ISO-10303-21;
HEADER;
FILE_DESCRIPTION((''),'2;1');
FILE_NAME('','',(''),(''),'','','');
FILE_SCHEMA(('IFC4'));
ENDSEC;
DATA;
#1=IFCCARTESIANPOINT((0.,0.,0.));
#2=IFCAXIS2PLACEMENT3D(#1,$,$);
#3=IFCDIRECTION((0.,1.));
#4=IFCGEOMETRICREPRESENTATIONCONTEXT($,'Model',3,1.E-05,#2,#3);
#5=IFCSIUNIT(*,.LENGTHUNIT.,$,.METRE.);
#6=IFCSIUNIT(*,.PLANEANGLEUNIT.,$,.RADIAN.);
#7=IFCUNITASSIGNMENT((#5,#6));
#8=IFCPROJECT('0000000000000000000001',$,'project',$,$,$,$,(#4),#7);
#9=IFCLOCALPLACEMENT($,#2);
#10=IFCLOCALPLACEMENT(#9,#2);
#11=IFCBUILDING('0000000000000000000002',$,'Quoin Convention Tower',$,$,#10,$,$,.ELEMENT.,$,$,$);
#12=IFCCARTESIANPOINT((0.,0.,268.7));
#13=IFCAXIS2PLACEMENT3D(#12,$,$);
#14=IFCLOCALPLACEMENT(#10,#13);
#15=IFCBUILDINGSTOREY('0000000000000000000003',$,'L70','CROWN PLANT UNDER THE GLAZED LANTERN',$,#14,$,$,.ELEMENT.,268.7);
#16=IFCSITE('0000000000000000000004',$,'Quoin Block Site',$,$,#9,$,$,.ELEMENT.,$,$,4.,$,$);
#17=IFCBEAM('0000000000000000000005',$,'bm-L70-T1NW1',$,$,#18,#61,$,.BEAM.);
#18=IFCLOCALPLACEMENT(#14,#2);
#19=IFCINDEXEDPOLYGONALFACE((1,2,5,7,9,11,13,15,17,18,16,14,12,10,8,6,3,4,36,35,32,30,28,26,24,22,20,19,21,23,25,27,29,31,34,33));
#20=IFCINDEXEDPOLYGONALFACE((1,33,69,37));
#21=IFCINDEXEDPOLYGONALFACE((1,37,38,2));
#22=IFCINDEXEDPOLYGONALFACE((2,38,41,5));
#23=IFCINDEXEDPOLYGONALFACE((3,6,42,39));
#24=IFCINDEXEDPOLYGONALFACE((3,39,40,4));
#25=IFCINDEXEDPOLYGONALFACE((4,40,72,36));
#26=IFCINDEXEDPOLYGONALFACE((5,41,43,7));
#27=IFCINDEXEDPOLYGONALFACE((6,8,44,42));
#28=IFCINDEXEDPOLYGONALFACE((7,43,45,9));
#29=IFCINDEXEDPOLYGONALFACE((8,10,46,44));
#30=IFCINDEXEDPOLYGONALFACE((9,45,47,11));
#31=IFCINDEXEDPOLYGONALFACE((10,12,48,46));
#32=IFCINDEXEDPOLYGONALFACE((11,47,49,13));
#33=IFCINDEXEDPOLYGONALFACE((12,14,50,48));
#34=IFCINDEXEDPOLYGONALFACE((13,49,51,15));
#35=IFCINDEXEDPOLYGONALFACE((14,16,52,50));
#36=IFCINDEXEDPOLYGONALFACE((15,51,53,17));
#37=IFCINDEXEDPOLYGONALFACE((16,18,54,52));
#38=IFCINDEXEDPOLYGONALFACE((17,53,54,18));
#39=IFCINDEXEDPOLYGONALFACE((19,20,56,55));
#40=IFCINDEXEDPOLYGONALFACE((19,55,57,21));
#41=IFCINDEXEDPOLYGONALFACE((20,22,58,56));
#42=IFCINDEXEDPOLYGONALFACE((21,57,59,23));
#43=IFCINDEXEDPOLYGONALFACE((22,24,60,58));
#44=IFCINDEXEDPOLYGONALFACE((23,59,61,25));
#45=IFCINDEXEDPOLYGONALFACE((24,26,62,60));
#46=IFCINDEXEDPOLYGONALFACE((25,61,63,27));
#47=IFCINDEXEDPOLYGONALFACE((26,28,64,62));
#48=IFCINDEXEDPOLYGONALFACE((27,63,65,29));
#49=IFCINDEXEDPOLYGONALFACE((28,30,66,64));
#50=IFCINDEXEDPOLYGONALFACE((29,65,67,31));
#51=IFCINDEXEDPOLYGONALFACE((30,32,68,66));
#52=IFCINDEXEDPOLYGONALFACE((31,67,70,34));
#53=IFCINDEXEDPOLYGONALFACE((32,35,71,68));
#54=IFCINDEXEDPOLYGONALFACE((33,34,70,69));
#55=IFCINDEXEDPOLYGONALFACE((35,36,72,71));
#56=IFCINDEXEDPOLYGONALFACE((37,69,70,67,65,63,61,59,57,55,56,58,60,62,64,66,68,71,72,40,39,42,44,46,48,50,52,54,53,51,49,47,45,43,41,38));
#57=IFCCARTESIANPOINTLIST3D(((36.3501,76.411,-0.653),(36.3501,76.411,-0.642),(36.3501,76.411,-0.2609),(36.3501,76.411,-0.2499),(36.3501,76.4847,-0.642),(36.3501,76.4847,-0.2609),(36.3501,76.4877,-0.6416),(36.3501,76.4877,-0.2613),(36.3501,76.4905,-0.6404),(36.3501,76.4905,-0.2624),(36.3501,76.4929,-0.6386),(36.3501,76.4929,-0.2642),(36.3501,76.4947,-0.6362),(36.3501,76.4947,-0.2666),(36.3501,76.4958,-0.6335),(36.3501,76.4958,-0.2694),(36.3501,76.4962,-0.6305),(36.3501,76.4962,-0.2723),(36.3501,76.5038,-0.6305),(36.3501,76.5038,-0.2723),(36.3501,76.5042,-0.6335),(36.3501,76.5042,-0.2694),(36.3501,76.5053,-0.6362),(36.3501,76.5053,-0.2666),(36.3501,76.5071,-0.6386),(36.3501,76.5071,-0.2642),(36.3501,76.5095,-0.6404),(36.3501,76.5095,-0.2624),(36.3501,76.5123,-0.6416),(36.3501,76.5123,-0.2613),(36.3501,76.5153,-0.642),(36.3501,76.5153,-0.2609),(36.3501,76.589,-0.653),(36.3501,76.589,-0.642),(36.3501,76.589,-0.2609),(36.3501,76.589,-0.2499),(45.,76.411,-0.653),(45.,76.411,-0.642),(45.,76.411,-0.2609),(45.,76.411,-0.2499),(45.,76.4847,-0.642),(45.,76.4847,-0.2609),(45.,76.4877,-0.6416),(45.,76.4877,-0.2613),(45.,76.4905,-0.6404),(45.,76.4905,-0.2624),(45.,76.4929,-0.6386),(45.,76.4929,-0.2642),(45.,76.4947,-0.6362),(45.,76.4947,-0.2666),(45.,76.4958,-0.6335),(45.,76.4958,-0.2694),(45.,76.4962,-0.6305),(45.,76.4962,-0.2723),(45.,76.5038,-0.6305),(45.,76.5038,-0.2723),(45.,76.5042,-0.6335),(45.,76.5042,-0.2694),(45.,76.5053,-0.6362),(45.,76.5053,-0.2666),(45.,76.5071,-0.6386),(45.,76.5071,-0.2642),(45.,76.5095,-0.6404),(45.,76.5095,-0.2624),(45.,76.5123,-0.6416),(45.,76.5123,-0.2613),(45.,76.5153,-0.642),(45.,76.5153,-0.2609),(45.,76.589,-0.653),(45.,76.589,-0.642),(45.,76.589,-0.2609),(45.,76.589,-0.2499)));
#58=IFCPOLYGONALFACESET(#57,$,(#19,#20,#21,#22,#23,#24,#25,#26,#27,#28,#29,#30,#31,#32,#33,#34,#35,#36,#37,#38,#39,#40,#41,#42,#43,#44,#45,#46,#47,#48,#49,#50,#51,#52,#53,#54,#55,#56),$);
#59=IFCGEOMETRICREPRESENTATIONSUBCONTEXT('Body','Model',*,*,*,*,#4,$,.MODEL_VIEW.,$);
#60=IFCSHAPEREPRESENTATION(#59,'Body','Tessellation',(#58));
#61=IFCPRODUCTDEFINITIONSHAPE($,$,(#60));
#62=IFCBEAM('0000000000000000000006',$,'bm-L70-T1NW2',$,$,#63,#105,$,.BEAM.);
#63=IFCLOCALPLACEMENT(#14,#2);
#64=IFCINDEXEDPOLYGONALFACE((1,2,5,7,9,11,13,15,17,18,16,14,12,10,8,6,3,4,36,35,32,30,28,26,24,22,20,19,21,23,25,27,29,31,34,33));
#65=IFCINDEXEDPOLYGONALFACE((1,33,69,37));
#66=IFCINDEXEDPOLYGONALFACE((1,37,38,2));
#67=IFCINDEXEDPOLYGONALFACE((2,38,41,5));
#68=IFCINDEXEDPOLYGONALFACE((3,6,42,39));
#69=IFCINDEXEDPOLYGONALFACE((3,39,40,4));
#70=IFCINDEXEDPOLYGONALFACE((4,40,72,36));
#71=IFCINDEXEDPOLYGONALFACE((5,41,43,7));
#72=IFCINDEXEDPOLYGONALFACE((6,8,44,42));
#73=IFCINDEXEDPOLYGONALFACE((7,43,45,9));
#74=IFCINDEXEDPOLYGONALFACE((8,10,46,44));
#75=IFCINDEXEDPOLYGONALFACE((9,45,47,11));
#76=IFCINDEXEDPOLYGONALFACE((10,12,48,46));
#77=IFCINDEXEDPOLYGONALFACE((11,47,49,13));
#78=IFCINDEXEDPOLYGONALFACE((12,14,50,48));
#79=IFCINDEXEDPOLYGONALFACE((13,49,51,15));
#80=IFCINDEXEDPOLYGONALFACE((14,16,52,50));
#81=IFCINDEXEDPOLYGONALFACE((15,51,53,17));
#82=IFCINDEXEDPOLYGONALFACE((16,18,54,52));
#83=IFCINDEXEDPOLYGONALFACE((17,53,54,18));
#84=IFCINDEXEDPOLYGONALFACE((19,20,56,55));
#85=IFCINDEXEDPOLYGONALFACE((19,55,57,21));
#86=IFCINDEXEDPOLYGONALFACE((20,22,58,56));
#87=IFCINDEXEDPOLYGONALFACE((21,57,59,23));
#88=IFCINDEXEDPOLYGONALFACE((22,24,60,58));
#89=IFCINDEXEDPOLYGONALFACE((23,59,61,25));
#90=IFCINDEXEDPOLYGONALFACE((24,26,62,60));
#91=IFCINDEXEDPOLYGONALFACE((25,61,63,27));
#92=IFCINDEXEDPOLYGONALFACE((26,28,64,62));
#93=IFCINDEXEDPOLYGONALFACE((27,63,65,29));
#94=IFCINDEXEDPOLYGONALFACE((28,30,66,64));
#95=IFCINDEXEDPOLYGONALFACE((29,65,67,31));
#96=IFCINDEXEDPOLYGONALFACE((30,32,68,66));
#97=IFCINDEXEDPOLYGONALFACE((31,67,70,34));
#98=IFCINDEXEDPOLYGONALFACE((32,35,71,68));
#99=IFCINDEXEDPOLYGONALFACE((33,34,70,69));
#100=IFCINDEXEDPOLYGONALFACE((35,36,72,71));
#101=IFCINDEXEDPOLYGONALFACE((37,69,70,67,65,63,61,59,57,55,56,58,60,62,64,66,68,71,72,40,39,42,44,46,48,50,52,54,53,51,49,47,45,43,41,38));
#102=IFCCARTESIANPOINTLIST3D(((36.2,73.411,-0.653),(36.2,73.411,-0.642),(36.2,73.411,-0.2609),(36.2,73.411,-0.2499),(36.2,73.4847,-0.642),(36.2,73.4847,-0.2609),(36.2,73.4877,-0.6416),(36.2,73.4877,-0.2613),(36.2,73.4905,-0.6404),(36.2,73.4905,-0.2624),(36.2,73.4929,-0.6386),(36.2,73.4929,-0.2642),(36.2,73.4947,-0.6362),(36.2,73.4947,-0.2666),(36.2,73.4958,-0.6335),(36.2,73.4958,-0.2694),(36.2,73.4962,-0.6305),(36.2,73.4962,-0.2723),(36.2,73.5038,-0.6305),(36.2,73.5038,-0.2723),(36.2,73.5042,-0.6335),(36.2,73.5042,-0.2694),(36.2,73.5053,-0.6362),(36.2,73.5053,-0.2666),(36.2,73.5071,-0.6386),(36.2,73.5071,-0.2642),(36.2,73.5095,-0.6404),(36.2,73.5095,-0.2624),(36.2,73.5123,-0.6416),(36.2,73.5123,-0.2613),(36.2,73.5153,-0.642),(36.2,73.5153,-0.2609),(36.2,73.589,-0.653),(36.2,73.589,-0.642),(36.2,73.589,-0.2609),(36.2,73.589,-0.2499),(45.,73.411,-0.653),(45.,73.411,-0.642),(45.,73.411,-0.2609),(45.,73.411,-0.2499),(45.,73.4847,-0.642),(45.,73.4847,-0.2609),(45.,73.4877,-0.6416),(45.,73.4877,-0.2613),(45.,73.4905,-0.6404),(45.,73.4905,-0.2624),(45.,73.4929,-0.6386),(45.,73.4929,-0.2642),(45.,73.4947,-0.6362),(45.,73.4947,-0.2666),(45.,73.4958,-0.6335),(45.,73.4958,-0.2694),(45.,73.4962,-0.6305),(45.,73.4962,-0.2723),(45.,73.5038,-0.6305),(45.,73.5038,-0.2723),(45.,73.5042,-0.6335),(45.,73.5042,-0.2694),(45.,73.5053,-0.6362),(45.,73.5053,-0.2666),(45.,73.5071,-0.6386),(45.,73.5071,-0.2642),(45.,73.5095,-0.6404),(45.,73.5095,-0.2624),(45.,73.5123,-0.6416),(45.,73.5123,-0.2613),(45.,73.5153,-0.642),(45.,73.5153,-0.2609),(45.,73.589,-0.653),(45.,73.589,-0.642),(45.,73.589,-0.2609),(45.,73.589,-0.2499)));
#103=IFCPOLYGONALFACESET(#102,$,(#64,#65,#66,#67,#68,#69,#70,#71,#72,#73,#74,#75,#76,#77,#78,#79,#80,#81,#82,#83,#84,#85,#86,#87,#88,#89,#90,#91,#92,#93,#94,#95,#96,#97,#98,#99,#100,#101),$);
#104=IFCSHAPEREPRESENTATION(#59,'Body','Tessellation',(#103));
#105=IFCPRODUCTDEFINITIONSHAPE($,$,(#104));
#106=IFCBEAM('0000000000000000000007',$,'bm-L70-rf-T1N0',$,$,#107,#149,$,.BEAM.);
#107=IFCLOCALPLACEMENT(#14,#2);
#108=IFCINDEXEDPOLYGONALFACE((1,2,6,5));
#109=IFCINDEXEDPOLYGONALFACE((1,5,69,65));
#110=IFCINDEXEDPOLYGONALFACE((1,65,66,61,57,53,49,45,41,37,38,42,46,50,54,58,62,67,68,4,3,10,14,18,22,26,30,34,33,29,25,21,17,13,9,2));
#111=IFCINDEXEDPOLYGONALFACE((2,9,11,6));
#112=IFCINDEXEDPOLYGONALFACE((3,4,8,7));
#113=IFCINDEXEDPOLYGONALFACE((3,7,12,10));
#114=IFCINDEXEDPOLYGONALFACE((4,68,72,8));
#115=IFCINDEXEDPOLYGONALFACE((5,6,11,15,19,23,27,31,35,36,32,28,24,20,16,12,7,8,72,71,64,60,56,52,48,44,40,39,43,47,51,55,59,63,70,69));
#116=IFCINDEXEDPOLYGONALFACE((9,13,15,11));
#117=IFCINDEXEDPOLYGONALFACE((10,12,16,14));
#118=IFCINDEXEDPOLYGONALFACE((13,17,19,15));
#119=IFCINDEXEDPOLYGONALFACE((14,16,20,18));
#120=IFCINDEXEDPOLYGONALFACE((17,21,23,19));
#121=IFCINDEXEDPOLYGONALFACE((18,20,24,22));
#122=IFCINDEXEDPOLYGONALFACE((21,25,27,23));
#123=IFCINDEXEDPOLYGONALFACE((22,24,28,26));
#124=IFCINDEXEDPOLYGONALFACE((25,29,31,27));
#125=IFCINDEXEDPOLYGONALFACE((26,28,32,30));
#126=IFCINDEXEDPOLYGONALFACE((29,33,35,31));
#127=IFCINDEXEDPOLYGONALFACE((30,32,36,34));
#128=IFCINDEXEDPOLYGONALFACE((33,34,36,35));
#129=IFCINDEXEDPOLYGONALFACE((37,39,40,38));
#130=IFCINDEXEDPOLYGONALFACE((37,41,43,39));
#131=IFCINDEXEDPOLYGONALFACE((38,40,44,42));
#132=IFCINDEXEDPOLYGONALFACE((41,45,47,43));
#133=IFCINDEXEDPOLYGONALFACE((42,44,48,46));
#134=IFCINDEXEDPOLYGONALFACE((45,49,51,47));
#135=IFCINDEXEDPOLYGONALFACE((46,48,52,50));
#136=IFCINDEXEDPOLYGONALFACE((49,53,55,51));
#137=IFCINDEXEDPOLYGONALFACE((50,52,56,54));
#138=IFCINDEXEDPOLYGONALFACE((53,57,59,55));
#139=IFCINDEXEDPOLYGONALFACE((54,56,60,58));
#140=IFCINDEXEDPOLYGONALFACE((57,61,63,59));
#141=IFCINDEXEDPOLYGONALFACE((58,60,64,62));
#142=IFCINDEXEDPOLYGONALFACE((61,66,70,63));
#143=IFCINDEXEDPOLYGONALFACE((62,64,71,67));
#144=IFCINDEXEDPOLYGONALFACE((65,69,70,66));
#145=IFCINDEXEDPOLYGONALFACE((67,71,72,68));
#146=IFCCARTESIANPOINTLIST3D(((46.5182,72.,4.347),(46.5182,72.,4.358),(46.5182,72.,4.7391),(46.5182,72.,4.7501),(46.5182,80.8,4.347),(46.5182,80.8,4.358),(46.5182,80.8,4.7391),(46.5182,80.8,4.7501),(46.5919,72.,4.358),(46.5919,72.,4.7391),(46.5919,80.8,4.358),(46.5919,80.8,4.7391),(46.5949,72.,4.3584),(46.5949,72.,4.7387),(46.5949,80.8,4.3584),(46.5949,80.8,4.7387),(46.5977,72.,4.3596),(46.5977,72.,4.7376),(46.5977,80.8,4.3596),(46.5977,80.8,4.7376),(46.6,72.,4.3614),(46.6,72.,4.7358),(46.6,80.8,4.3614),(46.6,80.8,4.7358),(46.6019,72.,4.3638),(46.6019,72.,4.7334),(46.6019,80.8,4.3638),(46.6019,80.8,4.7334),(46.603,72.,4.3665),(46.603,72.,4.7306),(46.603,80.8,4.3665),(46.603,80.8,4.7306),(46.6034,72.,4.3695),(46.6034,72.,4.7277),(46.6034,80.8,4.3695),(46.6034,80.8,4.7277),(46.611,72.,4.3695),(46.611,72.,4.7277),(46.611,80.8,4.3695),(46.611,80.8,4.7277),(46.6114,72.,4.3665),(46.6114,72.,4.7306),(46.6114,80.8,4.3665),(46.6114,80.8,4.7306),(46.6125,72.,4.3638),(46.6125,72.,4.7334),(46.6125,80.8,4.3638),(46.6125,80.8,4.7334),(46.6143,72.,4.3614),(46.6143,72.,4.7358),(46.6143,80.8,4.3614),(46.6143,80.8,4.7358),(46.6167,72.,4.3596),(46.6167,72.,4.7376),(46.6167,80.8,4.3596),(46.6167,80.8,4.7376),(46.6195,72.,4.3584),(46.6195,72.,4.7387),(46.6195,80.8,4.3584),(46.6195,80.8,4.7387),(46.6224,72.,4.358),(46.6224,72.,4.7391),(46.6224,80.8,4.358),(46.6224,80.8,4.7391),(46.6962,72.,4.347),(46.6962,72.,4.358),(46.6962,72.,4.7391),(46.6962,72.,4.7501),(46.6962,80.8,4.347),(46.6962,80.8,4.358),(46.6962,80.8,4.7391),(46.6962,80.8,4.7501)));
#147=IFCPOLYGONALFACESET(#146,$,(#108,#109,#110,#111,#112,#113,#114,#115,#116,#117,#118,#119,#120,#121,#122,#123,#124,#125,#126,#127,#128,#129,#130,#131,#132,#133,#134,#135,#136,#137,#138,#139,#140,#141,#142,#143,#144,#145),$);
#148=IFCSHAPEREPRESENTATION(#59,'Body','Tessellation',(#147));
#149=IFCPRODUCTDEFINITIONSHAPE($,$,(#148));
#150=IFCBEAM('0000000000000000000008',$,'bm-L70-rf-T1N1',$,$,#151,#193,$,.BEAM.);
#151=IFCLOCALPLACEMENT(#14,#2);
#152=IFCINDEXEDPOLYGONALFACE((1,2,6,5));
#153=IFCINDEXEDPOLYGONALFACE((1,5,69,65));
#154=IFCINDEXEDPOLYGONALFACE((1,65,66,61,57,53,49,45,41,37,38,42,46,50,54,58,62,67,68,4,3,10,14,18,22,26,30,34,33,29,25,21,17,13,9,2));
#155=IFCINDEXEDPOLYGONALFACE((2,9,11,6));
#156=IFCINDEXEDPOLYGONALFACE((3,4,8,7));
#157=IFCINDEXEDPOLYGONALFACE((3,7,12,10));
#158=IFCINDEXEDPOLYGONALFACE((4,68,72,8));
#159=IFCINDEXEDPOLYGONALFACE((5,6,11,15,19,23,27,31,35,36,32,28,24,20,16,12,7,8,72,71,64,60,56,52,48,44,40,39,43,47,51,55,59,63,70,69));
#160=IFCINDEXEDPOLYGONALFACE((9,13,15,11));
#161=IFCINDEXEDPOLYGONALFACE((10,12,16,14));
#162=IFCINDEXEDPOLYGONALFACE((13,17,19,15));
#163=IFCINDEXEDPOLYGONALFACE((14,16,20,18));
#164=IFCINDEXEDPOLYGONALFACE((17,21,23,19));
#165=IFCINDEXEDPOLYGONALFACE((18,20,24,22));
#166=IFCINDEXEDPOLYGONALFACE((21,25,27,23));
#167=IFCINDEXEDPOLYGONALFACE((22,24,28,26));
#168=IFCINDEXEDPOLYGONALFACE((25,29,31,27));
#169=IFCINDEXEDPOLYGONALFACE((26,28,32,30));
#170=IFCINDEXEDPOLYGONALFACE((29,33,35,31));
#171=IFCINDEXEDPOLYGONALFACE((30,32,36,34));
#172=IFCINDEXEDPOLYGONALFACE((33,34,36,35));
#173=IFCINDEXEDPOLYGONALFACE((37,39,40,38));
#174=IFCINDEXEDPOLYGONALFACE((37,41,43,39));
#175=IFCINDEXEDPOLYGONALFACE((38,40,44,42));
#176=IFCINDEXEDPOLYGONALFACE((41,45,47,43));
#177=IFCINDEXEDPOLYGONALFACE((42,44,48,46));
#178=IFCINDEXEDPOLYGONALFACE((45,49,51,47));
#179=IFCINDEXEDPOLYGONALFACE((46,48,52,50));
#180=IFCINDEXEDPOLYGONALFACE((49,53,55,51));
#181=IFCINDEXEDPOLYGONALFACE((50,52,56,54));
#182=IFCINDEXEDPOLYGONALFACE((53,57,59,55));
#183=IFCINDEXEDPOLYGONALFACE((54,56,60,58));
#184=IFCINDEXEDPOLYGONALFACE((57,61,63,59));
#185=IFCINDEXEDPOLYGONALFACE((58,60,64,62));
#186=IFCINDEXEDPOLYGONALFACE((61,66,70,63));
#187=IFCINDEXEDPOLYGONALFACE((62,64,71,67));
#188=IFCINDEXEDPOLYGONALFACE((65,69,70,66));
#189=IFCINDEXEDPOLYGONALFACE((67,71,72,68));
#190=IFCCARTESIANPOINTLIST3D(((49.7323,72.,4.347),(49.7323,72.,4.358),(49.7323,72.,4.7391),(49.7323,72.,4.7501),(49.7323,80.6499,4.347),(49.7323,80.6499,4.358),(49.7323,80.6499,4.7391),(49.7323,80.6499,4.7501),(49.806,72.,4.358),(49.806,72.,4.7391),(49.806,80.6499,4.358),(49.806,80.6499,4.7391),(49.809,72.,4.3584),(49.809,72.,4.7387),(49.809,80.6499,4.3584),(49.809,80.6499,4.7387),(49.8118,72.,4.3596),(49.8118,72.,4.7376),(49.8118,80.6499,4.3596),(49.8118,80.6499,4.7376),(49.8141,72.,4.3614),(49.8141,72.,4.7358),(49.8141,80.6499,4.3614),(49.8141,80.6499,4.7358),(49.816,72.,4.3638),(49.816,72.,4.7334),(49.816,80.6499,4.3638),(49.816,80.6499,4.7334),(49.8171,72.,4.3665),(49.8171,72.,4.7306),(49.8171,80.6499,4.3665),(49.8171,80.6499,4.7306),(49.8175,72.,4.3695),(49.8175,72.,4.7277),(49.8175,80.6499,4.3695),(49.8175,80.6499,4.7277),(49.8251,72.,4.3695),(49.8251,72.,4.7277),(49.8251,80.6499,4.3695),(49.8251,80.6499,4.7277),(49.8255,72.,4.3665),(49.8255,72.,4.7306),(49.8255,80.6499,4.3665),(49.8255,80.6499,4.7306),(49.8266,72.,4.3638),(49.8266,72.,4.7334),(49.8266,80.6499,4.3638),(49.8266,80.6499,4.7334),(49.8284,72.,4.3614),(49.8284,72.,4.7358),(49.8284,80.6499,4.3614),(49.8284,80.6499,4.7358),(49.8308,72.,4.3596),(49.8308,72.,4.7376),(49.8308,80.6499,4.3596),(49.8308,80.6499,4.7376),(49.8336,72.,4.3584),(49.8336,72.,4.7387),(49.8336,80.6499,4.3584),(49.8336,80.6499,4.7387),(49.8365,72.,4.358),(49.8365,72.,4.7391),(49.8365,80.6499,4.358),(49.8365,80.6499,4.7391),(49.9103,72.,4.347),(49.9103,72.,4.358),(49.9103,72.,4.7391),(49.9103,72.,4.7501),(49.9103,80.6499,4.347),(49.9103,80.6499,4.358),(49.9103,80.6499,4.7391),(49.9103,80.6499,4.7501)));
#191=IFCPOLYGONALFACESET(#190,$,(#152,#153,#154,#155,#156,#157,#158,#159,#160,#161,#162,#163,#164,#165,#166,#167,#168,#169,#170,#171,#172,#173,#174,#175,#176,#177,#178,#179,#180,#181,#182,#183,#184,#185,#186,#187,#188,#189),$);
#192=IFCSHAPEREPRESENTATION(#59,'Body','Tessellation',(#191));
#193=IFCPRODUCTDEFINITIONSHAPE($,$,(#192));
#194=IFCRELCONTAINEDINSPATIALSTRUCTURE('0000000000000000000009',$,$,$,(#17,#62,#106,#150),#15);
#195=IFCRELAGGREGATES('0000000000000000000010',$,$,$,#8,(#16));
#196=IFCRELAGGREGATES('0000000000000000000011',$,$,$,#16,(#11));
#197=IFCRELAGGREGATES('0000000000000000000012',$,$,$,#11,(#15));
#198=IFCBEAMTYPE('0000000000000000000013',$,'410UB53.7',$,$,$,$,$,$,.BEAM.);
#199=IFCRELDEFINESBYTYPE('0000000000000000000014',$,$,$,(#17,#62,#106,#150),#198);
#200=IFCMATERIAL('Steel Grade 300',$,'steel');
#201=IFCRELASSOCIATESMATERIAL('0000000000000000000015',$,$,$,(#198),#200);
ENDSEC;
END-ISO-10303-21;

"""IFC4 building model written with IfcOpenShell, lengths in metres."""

from ifc_helpers import new_model, si_unit, direction, frame, origin, origin_2d, place, context, subcontext, project, spatial, i_section, extrude, material, material_profile, profile_set, type_object, element, save


model = new_model("IFC4")

# Units and contexts
model_context = context("Model", 3, precision=1e-05, world=origin(), true_north=direction((0.0, 1.0)))
body_context = subcontext(model_context, "Body", "Model", "MODEL_VIEW")
ifc_project = project(units=[si_unit("LENGTHUNIT", "METRE"), si_unit("PLANEANGLEUNIT", "RADIAN")], contexts=[model_context])

# Site, building, storey
site_placement = place(None, origin())
site = spatial("IfcSite", under=ifc_project, at=site_placement, Name="Quoin Block Site", CompositionType="ELEMENT", RefElevation=4.0)
building_placement = place(site_placement, origin())
building = spatial("IfcBuilding", under=site, at=building_placement, Name="Quoin Convention Tower", CompositionType="ELEMENT")
storey_placement = place(building_placement, frame((0.0, 0.0, 268.7)))
storey = spatial("IfcBuildingStorey", under=building, at=storey_placement, Name="L70", Description="CROWN PLANT UNDER THE GLAZED LANTERN", CompositionType="ELEMENT", Elevation=268.7)

# Beams
ifc_material_1 = material(Name="Steel Grade 300", Category="steel")
ifc_material_profile_1 = material_profile(ifc_material_1, i_section(OverallWidth=0.178, OverallDepth=0.4031, WebThickness=0.0076, FlangeThickness=0.011, FilletRadius=0.0115, at=origin_2d()), Name="410UB53.7")
ifc_profile_set_1 = profile_set([ifc_material_profile_1], Name="Steel Grade 300")
beam_type_1 = type_object("IfcBeamType", Name="410UB53.7", PredefinedType="BEAM", material=ifc_profile_set_1)
beam_1_placement = place(storey_placement, frame((36.3501, 76.5, -0.4514), z_axis=(1.0, 0.0, 0.0), x_axis=(0.0, 1.0, 0.0)))
element("IfcBeam", 1, at=beam_1_placement, inside=storey, type_object=beam_type_1, Name="bm-L70-T1NW1", PredefinedType="BEAM", context=body_context, shape_type="SweptSolid", body=[
    extrude(i_section(OverallWidth=0.178, OverallDepth=0.4031, WebThickness=0.0076, FlangeThickness=0.011, FilletRadius=0.0115, at=origin_2d()), origin(), (0.0, 0.0, 1.0), 8.6499),
])
for number, where, z_axis, x_axis, name in (
    (2, (36.2, 73.5, -0.4514), (1.0, 0.0, 0.0), (0.0, 1.0, 0.0), "bm-L70-T1NW2"),
    (3, (46.6072, 72.0, 4.5486), (0.0, 1.0, 0.0), (-1.0, 0.0, 0.0), "bm-L70-rf-T1N0"),
):
    element("IfcBeam", number, at=place(storey_placement, frame(where, z_axis=z_axis, x_axis=x_axis)), inside=storey, type_object=beam_type_1, Name=name, PredefinedType="BEAM", context=body_context, shape_type="SweptSolid", body=[
        extrude(i_section(OverallWidth=0.178, OverallDepth=0.4031, WebThickness=0.0076, FlangeThickness=0.011, FilletRadius=0.0115, at=origin_2d()), origin(), (0.0, 0.0, 1.0), 8.8),
    ])
beam_2_placement = place(storey_placement, frame((49.8213, 72.0, 4.5486), z_axis=(0.0, 1.0, 0.0), x_axis=(-1.0, 0.0, 0.0)))
element("IfcBeam", 4, at=beam_2_placement, inside=storey, type_object=beam_type_1, Name="bm-L70-rf-T1N1", PredefinedType="BEAM", context=body_context, shape_type="SweptSolid", body=[
    extrude(i_section(OverallWidth=0.178, OverallDepth=0.4031, WebThickness=0.0076, FlangeThickness=0.011, FilletRadius=0.0115, at=origin_2d()), origin(), (0.0, 0.0, 1.0), 8.6499),
])

save(model, "model.ifc")
